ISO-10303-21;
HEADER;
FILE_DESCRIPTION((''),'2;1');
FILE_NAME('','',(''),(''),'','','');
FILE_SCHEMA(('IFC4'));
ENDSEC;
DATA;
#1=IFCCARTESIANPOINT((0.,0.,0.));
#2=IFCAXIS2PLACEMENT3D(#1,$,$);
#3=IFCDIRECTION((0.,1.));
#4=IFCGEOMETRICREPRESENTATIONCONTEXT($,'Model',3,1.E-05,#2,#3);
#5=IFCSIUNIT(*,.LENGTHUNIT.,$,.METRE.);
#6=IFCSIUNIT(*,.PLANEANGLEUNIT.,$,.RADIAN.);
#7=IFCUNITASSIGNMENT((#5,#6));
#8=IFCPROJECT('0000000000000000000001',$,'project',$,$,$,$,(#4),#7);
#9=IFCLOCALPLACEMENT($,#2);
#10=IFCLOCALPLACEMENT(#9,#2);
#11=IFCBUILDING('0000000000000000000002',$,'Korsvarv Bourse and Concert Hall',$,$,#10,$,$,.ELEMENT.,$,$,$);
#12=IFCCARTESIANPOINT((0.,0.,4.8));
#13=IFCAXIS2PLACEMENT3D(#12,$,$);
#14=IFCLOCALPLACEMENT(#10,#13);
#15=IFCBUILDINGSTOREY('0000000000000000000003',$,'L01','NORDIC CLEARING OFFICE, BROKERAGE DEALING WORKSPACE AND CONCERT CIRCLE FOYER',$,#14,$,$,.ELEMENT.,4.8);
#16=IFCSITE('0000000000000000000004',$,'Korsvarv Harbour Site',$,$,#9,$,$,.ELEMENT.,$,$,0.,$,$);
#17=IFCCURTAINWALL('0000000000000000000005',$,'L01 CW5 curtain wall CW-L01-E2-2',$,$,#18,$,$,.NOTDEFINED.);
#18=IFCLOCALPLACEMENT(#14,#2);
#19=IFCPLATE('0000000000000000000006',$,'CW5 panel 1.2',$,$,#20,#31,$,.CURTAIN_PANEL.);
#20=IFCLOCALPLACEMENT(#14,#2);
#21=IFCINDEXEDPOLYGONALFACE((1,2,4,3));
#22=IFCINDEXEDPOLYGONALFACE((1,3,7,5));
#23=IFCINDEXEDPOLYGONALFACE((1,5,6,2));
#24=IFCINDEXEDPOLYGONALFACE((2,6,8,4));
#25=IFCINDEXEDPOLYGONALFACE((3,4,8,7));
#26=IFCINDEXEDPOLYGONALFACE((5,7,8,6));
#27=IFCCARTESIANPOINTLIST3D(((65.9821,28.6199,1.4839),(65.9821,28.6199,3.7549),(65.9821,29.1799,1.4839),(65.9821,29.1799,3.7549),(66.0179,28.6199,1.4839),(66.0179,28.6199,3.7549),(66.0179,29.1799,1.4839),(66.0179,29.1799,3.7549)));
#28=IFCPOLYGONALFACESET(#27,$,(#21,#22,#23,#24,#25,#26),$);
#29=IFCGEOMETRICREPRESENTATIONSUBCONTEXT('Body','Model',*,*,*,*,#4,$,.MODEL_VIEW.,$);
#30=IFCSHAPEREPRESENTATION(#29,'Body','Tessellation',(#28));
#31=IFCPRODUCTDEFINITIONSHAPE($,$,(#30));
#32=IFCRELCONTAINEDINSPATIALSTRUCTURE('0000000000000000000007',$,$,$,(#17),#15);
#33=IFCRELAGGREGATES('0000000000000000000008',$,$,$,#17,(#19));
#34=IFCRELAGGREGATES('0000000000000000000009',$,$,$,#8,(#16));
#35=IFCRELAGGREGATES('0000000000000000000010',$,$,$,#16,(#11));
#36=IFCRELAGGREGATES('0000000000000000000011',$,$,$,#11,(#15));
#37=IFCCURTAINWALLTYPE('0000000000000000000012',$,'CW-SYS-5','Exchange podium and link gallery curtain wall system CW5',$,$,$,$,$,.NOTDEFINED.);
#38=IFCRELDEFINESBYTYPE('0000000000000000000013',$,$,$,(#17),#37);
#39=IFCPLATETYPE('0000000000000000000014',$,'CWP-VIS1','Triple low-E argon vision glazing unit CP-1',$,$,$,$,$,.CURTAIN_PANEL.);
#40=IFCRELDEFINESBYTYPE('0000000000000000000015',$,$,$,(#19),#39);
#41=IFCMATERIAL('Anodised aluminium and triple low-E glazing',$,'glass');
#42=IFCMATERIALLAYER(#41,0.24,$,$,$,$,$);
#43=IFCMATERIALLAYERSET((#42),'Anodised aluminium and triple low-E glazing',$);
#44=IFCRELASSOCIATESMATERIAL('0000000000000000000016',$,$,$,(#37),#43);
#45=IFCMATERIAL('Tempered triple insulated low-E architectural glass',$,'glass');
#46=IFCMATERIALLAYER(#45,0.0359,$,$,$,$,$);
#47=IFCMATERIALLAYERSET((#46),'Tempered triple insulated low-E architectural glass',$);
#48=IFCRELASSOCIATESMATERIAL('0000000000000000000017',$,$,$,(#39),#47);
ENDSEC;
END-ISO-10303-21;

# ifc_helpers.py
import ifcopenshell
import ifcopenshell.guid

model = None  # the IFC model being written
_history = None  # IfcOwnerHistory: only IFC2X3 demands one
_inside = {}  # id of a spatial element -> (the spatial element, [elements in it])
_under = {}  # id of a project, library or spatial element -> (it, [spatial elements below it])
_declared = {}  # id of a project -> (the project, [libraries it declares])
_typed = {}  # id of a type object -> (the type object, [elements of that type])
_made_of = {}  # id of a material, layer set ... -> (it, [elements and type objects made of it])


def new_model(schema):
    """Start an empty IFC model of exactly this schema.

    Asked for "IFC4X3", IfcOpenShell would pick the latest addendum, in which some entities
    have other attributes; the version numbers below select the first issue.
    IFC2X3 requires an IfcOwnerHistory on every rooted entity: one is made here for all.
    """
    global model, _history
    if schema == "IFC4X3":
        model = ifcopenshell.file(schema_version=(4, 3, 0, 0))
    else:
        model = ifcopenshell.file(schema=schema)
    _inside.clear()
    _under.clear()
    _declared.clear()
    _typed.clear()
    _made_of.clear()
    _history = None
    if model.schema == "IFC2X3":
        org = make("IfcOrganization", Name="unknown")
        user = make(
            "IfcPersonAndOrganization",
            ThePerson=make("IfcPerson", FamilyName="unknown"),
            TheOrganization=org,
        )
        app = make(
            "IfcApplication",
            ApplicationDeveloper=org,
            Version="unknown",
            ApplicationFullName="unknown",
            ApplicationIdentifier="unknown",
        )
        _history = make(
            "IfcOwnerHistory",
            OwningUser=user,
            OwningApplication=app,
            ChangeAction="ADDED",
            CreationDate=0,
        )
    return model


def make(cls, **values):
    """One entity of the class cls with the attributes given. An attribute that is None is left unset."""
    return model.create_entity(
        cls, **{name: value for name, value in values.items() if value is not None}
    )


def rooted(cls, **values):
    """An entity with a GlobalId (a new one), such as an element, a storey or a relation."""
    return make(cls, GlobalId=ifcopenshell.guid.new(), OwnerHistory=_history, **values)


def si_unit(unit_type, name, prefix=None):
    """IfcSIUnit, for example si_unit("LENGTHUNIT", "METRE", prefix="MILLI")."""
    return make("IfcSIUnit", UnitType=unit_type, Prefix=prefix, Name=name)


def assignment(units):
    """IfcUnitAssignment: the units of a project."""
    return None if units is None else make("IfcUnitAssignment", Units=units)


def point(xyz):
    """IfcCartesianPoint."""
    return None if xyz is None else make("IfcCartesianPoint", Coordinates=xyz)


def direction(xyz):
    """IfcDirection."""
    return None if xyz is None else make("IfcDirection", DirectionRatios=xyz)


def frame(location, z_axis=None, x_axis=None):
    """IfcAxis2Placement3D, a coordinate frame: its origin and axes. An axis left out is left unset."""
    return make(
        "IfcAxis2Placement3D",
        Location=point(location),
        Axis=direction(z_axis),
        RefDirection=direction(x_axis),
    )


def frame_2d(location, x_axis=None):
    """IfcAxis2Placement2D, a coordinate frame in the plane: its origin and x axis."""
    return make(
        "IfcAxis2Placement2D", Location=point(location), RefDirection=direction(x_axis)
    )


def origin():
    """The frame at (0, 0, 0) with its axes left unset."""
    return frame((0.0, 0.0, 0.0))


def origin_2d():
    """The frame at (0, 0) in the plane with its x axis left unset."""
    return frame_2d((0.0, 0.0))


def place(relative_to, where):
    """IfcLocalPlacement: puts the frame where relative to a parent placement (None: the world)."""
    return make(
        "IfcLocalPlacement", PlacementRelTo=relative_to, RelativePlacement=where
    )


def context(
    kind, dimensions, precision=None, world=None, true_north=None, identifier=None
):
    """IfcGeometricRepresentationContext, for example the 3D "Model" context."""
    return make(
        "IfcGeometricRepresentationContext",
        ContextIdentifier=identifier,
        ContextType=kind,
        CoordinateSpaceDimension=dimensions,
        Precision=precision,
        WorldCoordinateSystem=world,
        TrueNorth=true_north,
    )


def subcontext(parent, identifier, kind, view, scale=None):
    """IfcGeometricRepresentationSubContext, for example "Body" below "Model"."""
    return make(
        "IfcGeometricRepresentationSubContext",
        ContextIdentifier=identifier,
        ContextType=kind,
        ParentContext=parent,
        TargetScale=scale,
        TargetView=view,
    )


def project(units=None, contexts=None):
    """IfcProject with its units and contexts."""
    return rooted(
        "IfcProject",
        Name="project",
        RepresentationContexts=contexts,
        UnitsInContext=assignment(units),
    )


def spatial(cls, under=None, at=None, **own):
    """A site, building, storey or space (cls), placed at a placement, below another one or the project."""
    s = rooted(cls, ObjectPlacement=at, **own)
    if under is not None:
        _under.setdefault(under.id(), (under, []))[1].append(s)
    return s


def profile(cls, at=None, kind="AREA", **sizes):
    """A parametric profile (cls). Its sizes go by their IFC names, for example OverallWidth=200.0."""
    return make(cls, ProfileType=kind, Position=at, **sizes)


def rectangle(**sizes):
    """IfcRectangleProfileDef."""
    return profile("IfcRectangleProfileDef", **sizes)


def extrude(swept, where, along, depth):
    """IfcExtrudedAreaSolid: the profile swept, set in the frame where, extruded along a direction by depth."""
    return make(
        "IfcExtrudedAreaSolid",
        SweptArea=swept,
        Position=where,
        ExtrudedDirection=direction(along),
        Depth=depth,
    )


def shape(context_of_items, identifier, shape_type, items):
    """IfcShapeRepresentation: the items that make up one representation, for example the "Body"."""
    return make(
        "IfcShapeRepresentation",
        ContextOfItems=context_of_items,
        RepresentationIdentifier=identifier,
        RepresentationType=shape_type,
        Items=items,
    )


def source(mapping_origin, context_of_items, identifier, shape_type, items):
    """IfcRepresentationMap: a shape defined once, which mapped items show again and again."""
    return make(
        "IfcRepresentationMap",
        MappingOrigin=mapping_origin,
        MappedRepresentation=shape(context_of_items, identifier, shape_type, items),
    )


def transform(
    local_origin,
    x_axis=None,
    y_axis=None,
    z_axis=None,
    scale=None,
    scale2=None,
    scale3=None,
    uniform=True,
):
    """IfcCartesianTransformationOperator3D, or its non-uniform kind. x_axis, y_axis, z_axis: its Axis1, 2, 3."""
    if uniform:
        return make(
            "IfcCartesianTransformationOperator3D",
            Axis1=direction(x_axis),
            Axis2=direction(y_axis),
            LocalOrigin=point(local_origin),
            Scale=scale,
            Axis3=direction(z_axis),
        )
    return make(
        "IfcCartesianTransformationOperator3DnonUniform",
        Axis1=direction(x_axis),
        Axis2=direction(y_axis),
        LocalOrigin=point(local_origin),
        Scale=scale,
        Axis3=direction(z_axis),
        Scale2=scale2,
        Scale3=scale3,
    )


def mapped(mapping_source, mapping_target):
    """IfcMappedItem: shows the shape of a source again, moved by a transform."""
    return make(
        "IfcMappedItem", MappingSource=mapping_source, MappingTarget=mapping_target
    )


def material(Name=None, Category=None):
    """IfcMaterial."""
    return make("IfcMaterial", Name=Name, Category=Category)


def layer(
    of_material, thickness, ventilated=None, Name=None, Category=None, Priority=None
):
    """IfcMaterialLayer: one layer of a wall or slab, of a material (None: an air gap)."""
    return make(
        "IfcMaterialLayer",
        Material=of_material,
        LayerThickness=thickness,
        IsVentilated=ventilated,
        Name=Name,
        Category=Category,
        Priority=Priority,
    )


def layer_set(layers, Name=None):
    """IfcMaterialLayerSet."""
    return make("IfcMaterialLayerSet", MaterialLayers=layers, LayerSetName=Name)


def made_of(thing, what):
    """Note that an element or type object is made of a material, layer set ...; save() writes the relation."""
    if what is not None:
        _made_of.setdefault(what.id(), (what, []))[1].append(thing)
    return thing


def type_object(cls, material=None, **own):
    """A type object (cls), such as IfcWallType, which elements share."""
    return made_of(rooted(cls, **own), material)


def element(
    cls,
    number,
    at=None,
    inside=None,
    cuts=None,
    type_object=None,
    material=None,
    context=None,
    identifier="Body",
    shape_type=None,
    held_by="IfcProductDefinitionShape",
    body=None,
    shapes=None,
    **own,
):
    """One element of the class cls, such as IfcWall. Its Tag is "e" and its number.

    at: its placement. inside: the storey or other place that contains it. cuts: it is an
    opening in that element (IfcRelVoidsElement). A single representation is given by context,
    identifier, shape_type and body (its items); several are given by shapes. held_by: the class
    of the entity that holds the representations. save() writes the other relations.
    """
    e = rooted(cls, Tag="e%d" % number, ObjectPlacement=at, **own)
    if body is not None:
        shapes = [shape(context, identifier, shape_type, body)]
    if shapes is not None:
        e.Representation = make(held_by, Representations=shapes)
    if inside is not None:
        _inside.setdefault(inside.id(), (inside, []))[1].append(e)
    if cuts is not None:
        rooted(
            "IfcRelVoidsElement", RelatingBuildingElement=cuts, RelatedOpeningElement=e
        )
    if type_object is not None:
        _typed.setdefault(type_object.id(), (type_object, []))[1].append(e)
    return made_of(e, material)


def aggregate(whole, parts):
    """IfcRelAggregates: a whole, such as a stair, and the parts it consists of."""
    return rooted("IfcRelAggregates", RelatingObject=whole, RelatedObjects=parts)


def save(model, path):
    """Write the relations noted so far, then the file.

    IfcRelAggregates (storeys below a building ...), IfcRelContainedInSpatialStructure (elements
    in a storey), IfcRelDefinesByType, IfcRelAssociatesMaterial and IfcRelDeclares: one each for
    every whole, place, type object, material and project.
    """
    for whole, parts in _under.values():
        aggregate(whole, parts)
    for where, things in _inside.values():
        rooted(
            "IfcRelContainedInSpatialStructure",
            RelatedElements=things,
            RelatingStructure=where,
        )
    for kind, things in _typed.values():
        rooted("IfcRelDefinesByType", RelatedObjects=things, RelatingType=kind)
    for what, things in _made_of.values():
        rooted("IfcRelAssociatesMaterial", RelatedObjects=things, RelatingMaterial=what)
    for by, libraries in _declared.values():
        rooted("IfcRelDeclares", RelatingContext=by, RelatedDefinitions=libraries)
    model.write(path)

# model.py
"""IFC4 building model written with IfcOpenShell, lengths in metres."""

from ifc_helpers import new_model, si_unit, direction, frame, origin, origin_2d, place, context, subcontext, project, spatial, rectangle, extrude, source, transform, mapped, material, layer, layer_set, type_object, element, aggregate, save


model = new_model("IFC4")

# Units and contexts
model_context = context("Model", 3, precision=1e-05, world=origin(), true_north=direction((0.0, 1.0)))
body_context = subcontext(model_context, "Body", "Model", "MODEL_VIEW")
ifc_project = project(units=[si_unit("LENGTHUNIT", "METRE"), si_unit("PLANEANGLEUNIT", "RADIAN")], contexts=[model_context])

# Site, building, storey
site_placement = place(None, origin())
site = spatial("IfcSite", under=ifc_project, at=site_placement, Name="Korsvarv Harbour Site", CompositionType="ELEMENT", RefElevation=0.0)
building_placement = place(site_placement, origin())
building = spatial("IfcBuilding", under=site, at=building_placement, Name="Korsvarv Bourse and Concert Hall", CompositionType="ELEMENT")
storey_placement = place(building_placement, frame((0.0, 0.0, 4.8)))
storey = spatial("IfcBuildingStorey", under=building, at=storey_placement, Name="L01", Description="NORDIC CLEARING OFFICE, BROKERAGE DEALING WORKSPACE AND CONCERT CIRCLE FOYER", CompositionType="ELEMENT", Elevation=4.8)

# Curtain wall
ifc_material_1 = material(Name="Anodised aluminium and triple low-E glazing", Category="glass")
ifc_layer_1 = layer(ifc_material_1, 0.24)
ifc_layer_set_1 = layer_set([ifc_layer_1], Name="Anodised aluminium and triple low-E glazing")
curtain_wall_type = type_object("IfcCurtainWallType", Name="CW-SYS-5", Description="Exchange podium and link gallery curtain wall system CW5", PredefinedType="NOTDEFINED", material=ifc_layer_set_1)
curtain_wall_1_placement = place(storey_placement, origin())
curtain_wall_1 = element("IfcCurtainWall", 1, at=curtain_wall_1_placement, inside=storey, type_object=curtain_wall_type, Name="L01 CW5 curtain wall CW-L01-E2-2", PredefinedType="NOTDEFINED")

# Plate
ifc_material_2 = material(Name="Tempered triple insulated low-E architectural glass", Category="glass")
ifc_layer_2 = layer(ifc_material_2, 0.0359)
ifc_layer_set_2 = layer_set([ifc_layer_2], Name="Tempered triple insulated low-E architectural glass")
plate_type = type_object("IfcPlateType", Name="CWP-VIS1", Description="Triple low-E argon vision glazing unit CP-1", PredefinedType="CURTAIN_PANEL", material=ifc_layer_set_2)
shared_shape_1 = source(origin(), body_context, "Body", "SweptSolid", [
    extrude(rectangle(XDim=0.5601, YDim=0.0359, at=origin_2d()), origin(), (0.0, 0.0, 1.0), 2.271),
])
plate_1_placement = place(storey_placement, frame((66.0, 28.8999, 1.4839), z_axis=(0.0, 0.0, 1.0), x_axis=(0.0, 1.0, 0.0)))
plate_1 = element("IfcPlate", 2, at=plate_1_placement, type_object=plate_type, Name="CW5 panel 1.2", PredefinedType="CURTAIN_PANEL", context=body_context, shape_type="MappedRepresentation", body=[
    mapped(shared_shape_1, transform((0.0, 0.0, 0.0), scale=1.0)),
])
aggregate(curtain_wall_1, [plate_1])

save(model, "model.ifc")
